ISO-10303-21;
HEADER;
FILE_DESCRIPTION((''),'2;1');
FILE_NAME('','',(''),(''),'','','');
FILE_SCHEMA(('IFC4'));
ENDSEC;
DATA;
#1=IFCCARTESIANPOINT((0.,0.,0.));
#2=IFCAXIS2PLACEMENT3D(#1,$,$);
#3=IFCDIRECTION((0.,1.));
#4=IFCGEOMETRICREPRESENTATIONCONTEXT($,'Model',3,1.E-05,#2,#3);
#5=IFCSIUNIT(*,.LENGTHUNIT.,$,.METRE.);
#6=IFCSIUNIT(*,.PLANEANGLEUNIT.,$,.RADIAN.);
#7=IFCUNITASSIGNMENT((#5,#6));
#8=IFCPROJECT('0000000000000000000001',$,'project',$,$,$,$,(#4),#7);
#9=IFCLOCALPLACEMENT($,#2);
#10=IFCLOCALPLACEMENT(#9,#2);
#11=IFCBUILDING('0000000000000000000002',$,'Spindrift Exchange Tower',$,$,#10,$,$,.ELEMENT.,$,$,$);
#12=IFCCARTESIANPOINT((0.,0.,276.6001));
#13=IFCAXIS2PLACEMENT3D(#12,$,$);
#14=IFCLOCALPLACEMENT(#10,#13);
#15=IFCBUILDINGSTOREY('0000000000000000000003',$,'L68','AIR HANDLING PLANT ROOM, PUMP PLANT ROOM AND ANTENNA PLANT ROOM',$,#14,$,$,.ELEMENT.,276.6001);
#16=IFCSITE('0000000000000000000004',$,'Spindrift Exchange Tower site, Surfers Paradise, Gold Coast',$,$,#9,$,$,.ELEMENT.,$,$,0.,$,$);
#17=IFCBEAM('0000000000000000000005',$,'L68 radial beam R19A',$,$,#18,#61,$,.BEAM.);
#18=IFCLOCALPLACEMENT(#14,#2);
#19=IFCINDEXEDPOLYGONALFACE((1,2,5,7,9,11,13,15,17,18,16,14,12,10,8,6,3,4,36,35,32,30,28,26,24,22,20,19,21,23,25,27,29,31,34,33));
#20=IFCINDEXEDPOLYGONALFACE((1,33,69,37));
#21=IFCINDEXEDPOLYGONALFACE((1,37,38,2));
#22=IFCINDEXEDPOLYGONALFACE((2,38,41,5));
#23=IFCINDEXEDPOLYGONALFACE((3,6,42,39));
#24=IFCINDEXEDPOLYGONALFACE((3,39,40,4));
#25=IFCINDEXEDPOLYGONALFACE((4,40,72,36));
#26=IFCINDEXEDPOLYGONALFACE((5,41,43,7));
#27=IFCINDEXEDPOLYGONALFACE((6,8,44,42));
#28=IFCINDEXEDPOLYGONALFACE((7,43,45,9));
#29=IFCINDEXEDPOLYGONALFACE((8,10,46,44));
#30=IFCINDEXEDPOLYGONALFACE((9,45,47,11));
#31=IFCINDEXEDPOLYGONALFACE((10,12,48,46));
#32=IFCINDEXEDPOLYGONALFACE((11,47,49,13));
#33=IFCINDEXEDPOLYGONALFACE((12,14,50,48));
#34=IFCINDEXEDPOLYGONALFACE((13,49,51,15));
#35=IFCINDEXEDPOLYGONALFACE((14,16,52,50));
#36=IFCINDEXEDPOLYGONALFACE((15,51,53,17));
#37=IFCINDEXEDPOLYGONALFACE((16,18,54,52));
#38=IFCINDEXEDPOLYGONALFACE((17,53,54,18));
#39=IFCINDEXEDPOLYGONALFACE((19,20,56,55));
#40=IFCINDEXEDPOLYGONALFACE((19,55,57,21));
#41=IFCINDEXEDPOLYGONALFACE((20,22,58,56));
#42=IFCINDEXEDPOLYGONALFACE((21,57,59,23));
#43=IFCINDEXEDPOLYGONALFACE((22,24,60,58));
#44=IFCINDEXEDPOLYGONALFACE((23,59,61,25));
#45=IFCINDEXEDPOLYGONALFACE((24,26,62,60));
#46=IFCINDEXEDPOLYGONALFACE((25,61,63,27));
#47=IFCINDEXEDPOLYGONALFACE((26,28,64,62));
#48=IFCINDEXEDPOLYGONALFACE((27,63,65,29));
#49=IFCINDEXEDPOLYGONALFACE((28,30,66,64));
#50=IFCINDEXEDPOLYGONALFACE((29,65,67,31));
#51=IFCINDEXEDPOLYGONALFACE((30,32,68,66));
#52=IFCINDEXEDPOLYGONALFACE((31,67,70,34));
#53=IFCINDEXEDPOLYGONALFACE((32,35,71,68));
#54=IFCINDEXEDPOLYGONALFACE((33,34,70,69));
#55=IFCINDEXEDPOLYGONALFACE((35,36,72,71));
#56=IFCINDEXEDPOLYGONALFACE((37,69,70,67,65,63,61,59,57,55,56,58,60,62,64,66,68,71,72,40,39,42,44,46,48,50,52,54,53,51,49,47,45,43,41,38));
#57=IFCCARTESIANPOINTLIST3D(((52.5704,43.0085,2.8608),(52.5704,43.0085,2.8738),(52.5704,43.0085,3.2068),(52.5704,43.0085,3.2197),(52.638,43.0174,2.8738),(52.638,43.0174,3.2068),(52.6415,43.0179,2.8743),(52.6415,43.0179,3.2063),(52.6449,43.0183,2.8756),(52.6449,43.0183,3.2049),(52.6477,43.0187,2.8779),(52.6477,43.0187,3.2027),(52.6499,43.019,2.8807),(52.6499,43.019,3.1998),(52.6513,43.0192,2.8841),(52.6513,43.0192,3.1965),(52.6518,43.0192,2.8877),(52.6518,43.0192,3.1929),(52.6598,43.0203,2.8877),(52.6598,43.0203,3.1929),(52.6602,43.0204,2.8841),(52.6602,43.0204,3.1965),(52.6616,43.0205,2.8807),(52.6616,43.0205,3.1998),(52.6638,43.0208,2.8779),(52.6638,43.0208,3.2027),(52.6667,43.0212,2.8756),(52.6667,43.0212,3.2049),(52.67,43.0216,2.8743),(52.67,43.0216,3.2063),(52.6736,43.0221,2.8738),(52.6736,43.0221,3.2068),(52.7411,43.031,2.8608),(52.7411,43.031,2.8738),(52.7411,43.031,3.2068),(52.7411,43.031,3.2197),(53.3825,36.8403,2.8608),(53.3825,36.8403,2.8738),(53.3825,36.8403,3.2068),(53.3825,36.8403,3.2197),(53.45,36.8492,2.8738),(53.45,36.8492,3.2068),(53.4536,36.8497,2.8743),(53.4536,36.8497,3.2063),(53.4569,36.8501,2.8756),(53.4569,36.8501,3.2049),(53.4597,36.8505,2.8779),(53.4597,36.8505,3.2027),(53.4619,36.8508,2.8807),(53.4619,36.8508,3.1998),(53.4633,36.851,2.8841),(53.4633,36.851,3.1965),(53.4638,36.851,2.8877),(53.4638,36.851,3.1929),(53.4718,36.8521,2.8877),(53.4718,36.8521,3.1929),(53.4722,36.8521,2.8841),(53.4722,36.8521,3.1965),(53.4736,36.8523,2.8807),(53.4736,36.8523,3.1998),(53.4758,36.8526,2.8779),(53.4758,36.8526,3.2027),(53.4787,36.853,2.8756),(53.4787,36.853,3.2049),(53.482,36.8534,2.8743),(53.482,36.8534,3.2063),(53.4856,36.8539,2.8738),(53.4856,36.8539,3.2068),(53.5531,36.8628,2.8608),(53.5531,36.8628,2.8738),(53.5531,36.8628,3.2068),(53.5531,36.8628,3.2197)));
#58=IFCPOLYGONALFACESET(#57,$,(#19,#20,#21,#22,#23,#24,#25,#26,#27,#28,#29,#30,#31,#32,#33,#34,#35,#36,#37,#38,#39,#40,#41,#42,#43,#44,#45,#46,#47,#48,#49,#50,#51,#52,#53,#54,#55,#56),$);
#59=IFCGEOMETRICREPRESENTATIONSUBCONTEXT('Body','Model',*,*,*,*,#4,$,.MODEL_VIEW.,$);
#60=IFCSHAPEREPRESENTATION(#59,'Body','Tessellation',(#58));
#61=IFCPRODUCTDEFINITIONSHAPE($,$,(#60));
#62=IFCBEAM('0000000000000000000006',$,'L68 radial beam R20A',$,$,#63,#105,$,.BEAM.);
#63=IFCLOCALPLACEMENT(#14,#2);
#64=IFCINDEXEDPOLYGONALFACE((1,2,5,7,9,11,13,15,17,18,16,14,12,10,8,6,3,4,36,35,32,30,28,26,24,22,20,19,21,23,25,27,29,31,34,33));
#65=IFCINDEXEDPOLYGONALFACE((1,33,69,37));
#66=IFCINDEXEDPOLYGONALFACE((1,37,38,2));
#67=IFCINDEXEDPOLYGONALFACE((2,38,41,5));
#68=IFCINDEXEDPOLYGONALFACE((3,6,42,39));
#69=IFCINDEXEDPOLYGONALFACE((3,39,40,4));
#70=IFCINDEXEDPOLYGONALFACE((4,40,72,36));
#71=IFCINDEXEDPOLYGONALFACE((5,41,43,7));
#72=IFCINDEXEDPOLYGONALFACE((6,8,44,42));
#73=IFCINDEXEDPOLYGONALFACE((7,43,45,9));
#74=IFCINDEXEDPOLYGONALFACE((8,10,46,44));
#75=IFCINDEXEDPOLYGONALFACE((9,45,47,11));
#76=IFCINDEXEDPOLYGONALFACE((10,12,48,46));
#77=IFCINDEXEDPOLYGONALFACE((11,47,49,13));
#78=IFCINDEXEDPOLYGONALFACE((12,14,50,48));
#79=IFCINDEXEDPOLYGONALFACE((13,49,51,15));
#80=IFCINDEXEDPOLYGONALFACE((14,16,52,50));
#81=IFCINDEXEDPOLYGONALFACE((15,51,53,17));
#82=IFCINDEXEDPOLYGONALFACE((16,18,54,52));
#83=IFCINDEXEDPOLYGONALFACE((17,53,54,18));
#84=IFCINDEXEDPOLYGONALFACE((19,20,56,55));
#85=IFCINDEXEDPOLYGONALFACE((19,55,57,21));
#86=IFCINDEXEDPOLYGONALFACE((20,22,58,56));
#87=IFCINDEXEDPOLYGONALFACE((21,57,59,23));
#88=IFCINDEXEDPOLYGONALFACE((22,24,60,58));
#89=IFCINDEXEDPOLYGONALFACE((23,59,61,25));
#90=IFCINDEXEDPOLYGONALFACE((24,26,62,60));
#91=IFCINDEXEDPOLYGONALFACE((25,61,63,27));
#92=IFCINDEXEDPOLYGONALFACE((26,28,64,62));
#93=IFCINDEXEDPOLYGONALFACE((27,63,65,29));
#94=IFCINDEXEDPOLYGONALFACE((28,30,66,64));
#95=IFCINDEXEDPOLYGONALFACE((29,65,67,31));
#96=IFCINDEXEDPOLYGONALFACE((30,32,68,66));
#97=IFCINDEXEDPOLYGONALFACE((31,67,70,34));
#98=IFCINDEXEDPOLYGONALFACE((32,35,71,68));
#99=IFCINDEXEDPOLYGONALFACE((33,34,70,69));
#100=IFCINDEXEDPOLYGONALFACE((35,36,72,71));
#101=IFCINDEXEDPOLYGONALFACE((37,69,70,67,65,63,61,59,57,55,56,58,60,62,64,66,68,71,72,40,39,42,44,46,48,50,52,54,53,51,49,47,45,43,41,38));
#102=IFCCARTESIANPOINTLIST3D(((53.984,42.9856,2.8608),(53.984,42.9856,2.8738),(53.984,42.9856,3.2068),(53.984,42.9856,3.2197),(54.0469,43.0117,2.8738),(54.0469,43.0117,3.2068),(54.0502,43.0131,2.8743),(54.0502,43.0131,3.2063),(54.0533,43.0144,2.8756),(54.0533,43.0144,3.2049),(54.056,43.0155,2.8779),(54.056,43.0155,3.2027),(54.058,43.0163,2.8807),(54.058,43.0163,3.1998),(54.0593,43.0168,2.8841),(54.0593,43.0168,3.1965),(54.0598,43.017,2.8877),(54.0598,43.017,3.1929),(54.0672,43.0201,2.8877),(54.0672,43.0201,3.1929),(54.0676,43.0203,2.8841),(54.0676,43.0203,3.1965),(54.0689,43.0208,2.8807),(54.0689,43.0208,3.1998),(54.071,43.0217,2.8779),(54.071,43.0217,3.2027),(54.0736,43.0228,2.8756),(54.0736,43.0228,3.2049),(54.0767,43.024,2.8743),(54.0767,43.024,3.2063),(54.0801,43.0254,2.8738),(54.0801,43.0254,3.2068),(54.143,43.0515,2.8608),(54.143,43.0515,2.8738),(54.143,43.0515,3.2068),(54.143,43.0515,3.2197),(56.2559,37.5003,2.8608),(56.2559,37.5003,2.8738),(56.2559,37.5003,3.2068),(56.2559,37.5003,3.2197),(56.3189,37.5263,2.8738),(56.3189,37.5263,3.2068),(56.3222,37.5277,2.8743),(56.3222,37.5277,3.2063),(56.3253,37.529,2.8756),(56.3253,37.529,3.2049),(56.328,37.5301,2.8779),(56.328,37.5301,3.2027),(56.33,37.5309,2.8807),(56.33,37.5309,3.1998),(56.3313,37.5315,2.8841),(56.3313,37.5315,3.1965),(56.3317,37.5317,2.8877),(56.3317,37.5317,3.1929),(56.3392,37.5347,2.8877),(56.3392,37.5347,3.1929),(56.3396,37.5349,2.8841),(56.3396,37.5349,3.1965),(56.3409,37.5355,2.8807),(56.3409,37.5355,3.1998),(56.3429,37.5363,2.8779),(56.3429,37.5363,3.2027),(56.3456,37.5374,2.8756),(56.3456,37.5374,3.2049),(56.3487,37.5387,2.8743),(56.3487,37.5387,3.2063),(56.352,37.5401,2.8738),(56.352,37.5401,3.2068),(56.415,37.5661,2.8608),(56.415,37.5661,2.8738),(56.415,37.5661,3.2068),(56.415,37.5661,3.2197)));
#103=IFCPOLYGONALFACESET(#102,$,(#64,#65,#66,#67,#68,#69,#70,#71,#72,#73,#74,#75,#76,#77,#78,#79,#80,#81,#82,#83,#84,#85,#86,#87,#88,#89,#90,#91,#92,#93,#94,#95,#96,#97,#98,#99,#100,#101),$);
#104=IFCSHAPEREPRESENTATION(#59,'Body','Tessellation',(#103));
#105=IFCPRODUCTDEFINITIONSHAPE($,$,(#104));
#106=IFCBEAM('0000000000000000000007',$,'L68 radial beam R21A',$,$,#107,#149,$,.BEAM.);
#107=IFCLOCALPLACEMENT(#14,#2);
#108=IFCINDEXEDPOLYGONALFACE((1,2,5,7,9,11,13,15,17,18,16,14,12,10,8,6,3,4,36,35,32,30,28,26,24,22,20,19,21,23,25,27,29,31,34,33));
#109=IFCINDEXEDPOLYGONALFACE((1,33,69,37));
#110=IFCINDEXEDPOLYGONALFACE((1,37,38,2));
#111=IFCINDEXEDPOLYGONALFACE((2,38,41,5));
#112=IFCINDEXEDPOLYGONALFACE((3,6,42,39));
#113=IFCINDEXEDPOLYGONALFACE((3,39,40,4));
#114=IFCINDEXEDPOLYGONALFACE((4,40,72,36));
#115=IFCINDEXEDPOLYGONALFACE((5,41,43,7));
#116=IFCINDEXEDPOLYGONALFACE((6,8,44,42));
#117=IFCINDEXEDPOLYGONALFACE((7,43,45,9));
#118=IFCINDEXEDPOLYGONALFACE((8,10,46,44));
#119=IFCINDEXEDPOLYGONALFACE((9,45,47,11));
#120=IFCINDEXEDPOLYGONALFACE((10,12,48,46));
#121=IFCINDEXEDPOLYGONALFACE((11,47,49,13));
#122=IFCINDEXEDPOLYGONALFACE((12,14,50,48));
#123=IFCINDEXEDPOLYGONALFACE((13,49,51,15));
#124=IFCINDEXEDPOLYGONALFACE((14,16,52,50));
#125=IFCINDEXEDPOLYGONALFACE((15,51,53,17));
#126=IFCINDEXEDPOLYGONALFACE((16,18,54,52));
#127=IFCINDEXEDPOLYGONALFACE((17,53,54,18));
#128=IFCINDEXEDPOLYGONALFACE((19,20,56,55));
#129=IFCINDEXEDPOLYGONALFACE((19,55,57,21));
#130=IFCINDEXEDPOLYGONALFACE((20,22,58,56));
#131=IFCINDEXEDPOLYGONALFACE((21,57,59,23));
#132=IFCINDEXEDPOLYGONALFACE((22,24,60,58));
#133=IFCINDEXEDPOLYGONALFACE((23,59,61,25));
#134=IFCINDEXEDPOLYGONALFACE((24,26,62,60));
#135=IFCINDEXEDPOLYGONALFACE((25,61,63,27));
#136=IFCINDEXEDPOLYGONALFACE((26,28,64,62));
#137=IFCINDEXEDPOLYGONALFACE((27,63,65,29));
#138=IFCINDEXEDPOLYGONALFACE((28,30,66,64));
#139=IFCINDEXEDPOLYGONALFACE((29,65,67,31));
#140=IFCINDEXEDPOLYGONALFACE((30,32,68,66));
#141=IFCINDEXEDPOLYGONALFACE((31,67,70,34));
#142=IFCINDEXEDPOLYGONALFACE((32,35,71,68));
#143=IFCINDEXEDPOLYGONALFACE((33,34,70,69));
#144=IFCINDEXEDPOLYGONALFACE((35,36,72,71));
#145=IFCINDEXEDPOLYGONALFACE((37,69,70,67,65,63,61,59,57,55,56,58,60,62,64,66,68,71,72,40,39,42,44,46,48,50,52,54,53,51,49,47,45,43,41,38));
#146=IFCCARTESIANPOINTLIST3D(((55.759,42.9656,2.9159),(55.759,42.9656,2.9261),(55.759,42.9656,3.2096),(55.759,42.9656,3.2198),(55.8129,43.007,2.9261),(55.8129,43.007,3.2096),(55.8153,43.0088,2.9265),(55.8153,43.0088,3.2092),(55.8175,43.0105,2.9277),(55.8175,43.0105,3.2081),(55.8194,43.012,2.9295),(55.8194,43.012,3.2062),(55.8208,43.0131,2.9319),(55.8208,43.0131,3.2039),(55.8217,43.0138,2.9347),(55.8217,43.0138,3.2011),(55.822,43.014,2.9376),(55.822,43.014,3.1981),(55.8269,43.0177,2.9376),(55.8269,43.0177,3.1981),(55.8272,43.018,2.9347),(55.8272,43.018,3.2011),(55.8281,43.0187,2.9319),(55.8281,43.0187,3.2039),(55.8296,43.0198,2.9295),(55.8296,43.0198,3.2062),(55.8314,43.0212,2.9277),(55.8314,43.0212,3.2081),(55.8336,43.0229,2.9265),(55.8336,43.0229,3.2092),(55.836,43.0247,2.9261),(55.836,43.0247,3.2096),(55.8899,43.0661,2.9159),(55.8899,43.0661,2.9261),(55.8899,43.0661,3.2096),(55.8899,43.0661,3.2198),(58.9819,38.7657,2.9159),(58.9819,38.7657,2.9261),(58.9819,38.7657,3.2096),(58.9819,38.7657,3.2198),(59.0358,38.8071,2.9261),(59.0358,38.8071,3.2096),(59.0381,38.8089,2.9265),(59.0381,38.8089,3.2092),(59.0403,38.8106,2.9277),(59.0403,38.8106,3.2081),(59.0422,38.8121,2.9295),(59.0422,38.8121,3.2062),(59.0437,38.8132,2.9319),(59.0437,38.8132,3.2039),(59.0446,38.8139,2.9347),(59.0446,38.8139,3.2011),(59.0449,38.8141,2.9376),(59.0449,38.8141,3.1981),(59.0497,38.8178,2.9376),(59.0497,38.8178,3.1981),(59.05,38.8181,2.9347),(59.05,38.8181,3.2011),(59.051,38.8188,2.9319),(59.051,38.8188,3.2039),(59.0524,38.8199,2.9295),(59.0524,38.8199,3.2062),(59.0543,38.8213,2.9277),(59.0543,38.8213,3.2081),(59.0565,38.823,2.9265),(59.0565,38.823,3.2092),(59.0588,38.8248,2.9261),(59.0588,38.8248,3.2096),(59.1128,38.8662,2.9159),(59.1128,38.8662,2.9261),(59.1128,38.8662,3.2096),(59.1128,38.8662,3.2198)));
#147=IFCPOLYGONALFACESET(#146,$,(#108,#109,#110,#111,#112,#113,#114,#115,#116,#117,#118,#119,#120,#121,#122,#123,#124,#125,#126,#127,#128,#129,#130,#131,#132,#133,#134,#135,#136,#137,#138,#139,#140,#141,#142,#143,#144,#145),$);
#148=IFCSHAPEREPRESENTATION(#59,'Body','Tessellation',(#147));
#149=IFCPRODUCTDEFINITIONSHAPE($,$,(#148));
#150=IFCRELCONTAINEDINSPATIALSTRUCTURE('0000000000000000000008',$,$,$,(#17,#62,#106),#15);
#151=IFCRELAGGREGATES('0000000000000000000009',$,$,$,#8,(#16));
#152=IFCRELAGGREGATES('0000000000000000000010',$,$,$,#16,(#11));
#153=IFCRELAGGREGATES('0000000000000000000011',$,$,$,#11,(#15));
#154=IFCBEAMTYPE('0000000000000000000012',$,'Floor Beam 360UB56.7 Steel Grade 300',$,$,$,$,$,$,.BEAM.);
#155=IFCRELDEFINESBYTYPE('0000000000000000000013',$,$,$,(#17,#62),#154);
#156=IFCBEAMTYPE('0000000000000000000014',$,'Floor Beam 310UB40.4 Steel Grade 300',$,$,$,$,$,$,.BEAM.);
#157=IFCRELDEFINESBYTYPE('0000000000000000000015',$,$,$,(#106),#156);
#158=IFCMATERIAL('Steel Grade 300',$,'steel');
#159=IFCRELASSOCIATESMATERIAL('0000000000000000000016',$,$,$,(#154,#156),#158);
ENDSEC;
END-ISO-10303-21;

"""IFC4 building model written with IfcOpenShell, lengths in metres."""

from ifc_helpers import new_model, si_unit, direction, frame, origin, origin_2d, place, context, subcontext, project, spatial, i_section, extrude, source, transform, mapped, material, material_profile, profile_set, type_object, element, save


model = new_model("IFC4")

# Units and contexts
model_context = context("Model", 3, precision=1e-05, world=origin(), true_north=direction((0.0, 1.0)))
body_context = subcontext(model_context, "Body", "Model", "MODEL_VIEW")
ifc_project = project(units=[si_unit("LENGTHUNIT", "METRE"), si_unit("PLANEANGLEUNIT", "RADIAN")], contexts=[model_context])

# Site, building, storey
site_placement = place(None, origin())
site = spatial("IfcSite", under=ifc_project, at=site_placement, Name="Spindrift Exchange Tower site, Surfers Paradise, Gold Coast", CompositionType="ELEMENT", RefElevation=0.0)
building_placement = place(site_placement, origin())
building = spatial("IfcBuilding", under=site, at=building_placement, Name="Spindrift Exchange Tower", CompositionType="ELEMENT")
storey_placement = place(building_placement, frame((0.0, 0.0, 276.6001)))
storey = spatial("IfcBuildingStorey", under=building, at=storey_placement, Name="L68", Description="AIR HANDLING PLANT ROOM, PUMP PLANT ROOM AND ANTENNA PLANT ROOM", CompositionType="ELEMENT", Elevation=276.6001)

# Beams
ifc_material_1 = material(Name="Steel Grade 300", Category="steel")
ifc_material_profile_1 = material_profile(ifc_material_1, i_section(OverallWidth=0.1721, OverallDepth=0.3589, WebThickness=0.0081, FlangeThickness=0.0129, FilletRadius=0.0139, at=origin_2d()), Name="360UB56.7")
ifc_profile_set_1 = profile_set([ifc_material_profile_1], Name="Steel Grade 300")
beam_type_1 = type_object("IfcBeamType", Name="Floor Beam 360UB56.7 Steel Grade 300", PredefinedType="BEAM", material=ifc_profile_set_1)
shared_shape_1 = source(origin(), body_context, "Body", "SweptSolid", [
    extrude(i_section(OverallWidth=0.1721, OverallDepth=0.3589, WebThickness=0.0081, FlangeThickness=0.0129, FilletRadius=0.0139, at=origin_2d()), origin(), (0.0, 0.0, 1.0), 6.2214),
])
beam_1_placement = place(storey_placement, frame((52.6558, 43.0198, 3.0403), z_axis=(0.130518, -0.991446, 0.0), x_axis=(0.991446, 0.130518, 0.0)))
element("IfcBeam", 1, at=beam_1_placement, inside=storey, type_object=beam_type_1, Name="L68 radial beam R19A", PredefinedType="BEAM", context=body_context, shape_type="MappedRepresentation", body=[
    mapped(shared_shape_1, transform((0.0, 0.0, 0.0), scale=1.0)),
])
shared_shape_2 = source(origin(), body_context, "Body", "SweptSolid", [
    extrude(i_section(OverallWidth=0.1721, OverallDepth=0.3589, WebThickness=0.0081, FlangeThickness=0.0129, FilletRadius=0.0139, at=origin_2d()), origin(), (0.0, 0.0, 1.0), 5.9373),
])
beam_2_placement = place(storey_placement, frame((54.0635, 43.0186, 3.0403), z_axis=(0.382664, -0.923888, 0.0), x_axis=(0.923888, 0.382664, 0.0)))
element("IfcBeam", 2, at=beam_2_placement, inside=storey, type_object=beam_type_1, Name="L68 radial beam R20A", PredefinedType="BEAM", context=body_context, shape_type="MappedRepresentation", body=[
    mapped(shared_shape_2, transform((0.0, 0.0, 0.0), scale=1.0)),
])
ifc_material_profile_2 = material_profile(ifc_material_1, i_section(OverallWidth=0.165, OverallDepth=0.304, WebThickness=0.0061, FlangeThickness=0.0103, FilletRadius=0.0115, at=origin_2d()), Name="310UB40.4")
ifc_profile_set_2 = profile_set([ifc_material_profile_2], Name="Steel Grade 300")
beam_type_2 = type_object("IfcBeamType", Name="Floor Beam 310UB40.4 Steel Grade 300", PredefinedType="BEAM", material=ifc_profile_set_2)
shared_shape_3 = source(origin(), body_context, "Body", "SweptSolid", [
    extrude(i_section(OverallWidth=0.165, OverallDepth=0.304, WebThickness=0.0061, FlangeThickness=0.0103, FilletRadius=0.0115, at=origin_2d()), origin(), (0.0, 0.0, 1.0), 5.2939),
])
beam_3_placement = place(storey_placement, frame((55.8245, 43.0159, 3.0679), z_axis=(0.608781, -0.793338, 0.0), x_axis=(0.793338, 0.608781, 0.0)))
element("IfcBeam", 3, at=beam_3_placement, inside=storey, type_object=beam_type_2, Name="L68 radial beam R21A", PredefinedType="BEAM", context=body_context, shape_type="MappedRepresentation", body=[
    mapped(shared_shape_3, transform((0.0, 0.0, 0.0), scale=1.0)),
])

save(model, "model.ifc")
